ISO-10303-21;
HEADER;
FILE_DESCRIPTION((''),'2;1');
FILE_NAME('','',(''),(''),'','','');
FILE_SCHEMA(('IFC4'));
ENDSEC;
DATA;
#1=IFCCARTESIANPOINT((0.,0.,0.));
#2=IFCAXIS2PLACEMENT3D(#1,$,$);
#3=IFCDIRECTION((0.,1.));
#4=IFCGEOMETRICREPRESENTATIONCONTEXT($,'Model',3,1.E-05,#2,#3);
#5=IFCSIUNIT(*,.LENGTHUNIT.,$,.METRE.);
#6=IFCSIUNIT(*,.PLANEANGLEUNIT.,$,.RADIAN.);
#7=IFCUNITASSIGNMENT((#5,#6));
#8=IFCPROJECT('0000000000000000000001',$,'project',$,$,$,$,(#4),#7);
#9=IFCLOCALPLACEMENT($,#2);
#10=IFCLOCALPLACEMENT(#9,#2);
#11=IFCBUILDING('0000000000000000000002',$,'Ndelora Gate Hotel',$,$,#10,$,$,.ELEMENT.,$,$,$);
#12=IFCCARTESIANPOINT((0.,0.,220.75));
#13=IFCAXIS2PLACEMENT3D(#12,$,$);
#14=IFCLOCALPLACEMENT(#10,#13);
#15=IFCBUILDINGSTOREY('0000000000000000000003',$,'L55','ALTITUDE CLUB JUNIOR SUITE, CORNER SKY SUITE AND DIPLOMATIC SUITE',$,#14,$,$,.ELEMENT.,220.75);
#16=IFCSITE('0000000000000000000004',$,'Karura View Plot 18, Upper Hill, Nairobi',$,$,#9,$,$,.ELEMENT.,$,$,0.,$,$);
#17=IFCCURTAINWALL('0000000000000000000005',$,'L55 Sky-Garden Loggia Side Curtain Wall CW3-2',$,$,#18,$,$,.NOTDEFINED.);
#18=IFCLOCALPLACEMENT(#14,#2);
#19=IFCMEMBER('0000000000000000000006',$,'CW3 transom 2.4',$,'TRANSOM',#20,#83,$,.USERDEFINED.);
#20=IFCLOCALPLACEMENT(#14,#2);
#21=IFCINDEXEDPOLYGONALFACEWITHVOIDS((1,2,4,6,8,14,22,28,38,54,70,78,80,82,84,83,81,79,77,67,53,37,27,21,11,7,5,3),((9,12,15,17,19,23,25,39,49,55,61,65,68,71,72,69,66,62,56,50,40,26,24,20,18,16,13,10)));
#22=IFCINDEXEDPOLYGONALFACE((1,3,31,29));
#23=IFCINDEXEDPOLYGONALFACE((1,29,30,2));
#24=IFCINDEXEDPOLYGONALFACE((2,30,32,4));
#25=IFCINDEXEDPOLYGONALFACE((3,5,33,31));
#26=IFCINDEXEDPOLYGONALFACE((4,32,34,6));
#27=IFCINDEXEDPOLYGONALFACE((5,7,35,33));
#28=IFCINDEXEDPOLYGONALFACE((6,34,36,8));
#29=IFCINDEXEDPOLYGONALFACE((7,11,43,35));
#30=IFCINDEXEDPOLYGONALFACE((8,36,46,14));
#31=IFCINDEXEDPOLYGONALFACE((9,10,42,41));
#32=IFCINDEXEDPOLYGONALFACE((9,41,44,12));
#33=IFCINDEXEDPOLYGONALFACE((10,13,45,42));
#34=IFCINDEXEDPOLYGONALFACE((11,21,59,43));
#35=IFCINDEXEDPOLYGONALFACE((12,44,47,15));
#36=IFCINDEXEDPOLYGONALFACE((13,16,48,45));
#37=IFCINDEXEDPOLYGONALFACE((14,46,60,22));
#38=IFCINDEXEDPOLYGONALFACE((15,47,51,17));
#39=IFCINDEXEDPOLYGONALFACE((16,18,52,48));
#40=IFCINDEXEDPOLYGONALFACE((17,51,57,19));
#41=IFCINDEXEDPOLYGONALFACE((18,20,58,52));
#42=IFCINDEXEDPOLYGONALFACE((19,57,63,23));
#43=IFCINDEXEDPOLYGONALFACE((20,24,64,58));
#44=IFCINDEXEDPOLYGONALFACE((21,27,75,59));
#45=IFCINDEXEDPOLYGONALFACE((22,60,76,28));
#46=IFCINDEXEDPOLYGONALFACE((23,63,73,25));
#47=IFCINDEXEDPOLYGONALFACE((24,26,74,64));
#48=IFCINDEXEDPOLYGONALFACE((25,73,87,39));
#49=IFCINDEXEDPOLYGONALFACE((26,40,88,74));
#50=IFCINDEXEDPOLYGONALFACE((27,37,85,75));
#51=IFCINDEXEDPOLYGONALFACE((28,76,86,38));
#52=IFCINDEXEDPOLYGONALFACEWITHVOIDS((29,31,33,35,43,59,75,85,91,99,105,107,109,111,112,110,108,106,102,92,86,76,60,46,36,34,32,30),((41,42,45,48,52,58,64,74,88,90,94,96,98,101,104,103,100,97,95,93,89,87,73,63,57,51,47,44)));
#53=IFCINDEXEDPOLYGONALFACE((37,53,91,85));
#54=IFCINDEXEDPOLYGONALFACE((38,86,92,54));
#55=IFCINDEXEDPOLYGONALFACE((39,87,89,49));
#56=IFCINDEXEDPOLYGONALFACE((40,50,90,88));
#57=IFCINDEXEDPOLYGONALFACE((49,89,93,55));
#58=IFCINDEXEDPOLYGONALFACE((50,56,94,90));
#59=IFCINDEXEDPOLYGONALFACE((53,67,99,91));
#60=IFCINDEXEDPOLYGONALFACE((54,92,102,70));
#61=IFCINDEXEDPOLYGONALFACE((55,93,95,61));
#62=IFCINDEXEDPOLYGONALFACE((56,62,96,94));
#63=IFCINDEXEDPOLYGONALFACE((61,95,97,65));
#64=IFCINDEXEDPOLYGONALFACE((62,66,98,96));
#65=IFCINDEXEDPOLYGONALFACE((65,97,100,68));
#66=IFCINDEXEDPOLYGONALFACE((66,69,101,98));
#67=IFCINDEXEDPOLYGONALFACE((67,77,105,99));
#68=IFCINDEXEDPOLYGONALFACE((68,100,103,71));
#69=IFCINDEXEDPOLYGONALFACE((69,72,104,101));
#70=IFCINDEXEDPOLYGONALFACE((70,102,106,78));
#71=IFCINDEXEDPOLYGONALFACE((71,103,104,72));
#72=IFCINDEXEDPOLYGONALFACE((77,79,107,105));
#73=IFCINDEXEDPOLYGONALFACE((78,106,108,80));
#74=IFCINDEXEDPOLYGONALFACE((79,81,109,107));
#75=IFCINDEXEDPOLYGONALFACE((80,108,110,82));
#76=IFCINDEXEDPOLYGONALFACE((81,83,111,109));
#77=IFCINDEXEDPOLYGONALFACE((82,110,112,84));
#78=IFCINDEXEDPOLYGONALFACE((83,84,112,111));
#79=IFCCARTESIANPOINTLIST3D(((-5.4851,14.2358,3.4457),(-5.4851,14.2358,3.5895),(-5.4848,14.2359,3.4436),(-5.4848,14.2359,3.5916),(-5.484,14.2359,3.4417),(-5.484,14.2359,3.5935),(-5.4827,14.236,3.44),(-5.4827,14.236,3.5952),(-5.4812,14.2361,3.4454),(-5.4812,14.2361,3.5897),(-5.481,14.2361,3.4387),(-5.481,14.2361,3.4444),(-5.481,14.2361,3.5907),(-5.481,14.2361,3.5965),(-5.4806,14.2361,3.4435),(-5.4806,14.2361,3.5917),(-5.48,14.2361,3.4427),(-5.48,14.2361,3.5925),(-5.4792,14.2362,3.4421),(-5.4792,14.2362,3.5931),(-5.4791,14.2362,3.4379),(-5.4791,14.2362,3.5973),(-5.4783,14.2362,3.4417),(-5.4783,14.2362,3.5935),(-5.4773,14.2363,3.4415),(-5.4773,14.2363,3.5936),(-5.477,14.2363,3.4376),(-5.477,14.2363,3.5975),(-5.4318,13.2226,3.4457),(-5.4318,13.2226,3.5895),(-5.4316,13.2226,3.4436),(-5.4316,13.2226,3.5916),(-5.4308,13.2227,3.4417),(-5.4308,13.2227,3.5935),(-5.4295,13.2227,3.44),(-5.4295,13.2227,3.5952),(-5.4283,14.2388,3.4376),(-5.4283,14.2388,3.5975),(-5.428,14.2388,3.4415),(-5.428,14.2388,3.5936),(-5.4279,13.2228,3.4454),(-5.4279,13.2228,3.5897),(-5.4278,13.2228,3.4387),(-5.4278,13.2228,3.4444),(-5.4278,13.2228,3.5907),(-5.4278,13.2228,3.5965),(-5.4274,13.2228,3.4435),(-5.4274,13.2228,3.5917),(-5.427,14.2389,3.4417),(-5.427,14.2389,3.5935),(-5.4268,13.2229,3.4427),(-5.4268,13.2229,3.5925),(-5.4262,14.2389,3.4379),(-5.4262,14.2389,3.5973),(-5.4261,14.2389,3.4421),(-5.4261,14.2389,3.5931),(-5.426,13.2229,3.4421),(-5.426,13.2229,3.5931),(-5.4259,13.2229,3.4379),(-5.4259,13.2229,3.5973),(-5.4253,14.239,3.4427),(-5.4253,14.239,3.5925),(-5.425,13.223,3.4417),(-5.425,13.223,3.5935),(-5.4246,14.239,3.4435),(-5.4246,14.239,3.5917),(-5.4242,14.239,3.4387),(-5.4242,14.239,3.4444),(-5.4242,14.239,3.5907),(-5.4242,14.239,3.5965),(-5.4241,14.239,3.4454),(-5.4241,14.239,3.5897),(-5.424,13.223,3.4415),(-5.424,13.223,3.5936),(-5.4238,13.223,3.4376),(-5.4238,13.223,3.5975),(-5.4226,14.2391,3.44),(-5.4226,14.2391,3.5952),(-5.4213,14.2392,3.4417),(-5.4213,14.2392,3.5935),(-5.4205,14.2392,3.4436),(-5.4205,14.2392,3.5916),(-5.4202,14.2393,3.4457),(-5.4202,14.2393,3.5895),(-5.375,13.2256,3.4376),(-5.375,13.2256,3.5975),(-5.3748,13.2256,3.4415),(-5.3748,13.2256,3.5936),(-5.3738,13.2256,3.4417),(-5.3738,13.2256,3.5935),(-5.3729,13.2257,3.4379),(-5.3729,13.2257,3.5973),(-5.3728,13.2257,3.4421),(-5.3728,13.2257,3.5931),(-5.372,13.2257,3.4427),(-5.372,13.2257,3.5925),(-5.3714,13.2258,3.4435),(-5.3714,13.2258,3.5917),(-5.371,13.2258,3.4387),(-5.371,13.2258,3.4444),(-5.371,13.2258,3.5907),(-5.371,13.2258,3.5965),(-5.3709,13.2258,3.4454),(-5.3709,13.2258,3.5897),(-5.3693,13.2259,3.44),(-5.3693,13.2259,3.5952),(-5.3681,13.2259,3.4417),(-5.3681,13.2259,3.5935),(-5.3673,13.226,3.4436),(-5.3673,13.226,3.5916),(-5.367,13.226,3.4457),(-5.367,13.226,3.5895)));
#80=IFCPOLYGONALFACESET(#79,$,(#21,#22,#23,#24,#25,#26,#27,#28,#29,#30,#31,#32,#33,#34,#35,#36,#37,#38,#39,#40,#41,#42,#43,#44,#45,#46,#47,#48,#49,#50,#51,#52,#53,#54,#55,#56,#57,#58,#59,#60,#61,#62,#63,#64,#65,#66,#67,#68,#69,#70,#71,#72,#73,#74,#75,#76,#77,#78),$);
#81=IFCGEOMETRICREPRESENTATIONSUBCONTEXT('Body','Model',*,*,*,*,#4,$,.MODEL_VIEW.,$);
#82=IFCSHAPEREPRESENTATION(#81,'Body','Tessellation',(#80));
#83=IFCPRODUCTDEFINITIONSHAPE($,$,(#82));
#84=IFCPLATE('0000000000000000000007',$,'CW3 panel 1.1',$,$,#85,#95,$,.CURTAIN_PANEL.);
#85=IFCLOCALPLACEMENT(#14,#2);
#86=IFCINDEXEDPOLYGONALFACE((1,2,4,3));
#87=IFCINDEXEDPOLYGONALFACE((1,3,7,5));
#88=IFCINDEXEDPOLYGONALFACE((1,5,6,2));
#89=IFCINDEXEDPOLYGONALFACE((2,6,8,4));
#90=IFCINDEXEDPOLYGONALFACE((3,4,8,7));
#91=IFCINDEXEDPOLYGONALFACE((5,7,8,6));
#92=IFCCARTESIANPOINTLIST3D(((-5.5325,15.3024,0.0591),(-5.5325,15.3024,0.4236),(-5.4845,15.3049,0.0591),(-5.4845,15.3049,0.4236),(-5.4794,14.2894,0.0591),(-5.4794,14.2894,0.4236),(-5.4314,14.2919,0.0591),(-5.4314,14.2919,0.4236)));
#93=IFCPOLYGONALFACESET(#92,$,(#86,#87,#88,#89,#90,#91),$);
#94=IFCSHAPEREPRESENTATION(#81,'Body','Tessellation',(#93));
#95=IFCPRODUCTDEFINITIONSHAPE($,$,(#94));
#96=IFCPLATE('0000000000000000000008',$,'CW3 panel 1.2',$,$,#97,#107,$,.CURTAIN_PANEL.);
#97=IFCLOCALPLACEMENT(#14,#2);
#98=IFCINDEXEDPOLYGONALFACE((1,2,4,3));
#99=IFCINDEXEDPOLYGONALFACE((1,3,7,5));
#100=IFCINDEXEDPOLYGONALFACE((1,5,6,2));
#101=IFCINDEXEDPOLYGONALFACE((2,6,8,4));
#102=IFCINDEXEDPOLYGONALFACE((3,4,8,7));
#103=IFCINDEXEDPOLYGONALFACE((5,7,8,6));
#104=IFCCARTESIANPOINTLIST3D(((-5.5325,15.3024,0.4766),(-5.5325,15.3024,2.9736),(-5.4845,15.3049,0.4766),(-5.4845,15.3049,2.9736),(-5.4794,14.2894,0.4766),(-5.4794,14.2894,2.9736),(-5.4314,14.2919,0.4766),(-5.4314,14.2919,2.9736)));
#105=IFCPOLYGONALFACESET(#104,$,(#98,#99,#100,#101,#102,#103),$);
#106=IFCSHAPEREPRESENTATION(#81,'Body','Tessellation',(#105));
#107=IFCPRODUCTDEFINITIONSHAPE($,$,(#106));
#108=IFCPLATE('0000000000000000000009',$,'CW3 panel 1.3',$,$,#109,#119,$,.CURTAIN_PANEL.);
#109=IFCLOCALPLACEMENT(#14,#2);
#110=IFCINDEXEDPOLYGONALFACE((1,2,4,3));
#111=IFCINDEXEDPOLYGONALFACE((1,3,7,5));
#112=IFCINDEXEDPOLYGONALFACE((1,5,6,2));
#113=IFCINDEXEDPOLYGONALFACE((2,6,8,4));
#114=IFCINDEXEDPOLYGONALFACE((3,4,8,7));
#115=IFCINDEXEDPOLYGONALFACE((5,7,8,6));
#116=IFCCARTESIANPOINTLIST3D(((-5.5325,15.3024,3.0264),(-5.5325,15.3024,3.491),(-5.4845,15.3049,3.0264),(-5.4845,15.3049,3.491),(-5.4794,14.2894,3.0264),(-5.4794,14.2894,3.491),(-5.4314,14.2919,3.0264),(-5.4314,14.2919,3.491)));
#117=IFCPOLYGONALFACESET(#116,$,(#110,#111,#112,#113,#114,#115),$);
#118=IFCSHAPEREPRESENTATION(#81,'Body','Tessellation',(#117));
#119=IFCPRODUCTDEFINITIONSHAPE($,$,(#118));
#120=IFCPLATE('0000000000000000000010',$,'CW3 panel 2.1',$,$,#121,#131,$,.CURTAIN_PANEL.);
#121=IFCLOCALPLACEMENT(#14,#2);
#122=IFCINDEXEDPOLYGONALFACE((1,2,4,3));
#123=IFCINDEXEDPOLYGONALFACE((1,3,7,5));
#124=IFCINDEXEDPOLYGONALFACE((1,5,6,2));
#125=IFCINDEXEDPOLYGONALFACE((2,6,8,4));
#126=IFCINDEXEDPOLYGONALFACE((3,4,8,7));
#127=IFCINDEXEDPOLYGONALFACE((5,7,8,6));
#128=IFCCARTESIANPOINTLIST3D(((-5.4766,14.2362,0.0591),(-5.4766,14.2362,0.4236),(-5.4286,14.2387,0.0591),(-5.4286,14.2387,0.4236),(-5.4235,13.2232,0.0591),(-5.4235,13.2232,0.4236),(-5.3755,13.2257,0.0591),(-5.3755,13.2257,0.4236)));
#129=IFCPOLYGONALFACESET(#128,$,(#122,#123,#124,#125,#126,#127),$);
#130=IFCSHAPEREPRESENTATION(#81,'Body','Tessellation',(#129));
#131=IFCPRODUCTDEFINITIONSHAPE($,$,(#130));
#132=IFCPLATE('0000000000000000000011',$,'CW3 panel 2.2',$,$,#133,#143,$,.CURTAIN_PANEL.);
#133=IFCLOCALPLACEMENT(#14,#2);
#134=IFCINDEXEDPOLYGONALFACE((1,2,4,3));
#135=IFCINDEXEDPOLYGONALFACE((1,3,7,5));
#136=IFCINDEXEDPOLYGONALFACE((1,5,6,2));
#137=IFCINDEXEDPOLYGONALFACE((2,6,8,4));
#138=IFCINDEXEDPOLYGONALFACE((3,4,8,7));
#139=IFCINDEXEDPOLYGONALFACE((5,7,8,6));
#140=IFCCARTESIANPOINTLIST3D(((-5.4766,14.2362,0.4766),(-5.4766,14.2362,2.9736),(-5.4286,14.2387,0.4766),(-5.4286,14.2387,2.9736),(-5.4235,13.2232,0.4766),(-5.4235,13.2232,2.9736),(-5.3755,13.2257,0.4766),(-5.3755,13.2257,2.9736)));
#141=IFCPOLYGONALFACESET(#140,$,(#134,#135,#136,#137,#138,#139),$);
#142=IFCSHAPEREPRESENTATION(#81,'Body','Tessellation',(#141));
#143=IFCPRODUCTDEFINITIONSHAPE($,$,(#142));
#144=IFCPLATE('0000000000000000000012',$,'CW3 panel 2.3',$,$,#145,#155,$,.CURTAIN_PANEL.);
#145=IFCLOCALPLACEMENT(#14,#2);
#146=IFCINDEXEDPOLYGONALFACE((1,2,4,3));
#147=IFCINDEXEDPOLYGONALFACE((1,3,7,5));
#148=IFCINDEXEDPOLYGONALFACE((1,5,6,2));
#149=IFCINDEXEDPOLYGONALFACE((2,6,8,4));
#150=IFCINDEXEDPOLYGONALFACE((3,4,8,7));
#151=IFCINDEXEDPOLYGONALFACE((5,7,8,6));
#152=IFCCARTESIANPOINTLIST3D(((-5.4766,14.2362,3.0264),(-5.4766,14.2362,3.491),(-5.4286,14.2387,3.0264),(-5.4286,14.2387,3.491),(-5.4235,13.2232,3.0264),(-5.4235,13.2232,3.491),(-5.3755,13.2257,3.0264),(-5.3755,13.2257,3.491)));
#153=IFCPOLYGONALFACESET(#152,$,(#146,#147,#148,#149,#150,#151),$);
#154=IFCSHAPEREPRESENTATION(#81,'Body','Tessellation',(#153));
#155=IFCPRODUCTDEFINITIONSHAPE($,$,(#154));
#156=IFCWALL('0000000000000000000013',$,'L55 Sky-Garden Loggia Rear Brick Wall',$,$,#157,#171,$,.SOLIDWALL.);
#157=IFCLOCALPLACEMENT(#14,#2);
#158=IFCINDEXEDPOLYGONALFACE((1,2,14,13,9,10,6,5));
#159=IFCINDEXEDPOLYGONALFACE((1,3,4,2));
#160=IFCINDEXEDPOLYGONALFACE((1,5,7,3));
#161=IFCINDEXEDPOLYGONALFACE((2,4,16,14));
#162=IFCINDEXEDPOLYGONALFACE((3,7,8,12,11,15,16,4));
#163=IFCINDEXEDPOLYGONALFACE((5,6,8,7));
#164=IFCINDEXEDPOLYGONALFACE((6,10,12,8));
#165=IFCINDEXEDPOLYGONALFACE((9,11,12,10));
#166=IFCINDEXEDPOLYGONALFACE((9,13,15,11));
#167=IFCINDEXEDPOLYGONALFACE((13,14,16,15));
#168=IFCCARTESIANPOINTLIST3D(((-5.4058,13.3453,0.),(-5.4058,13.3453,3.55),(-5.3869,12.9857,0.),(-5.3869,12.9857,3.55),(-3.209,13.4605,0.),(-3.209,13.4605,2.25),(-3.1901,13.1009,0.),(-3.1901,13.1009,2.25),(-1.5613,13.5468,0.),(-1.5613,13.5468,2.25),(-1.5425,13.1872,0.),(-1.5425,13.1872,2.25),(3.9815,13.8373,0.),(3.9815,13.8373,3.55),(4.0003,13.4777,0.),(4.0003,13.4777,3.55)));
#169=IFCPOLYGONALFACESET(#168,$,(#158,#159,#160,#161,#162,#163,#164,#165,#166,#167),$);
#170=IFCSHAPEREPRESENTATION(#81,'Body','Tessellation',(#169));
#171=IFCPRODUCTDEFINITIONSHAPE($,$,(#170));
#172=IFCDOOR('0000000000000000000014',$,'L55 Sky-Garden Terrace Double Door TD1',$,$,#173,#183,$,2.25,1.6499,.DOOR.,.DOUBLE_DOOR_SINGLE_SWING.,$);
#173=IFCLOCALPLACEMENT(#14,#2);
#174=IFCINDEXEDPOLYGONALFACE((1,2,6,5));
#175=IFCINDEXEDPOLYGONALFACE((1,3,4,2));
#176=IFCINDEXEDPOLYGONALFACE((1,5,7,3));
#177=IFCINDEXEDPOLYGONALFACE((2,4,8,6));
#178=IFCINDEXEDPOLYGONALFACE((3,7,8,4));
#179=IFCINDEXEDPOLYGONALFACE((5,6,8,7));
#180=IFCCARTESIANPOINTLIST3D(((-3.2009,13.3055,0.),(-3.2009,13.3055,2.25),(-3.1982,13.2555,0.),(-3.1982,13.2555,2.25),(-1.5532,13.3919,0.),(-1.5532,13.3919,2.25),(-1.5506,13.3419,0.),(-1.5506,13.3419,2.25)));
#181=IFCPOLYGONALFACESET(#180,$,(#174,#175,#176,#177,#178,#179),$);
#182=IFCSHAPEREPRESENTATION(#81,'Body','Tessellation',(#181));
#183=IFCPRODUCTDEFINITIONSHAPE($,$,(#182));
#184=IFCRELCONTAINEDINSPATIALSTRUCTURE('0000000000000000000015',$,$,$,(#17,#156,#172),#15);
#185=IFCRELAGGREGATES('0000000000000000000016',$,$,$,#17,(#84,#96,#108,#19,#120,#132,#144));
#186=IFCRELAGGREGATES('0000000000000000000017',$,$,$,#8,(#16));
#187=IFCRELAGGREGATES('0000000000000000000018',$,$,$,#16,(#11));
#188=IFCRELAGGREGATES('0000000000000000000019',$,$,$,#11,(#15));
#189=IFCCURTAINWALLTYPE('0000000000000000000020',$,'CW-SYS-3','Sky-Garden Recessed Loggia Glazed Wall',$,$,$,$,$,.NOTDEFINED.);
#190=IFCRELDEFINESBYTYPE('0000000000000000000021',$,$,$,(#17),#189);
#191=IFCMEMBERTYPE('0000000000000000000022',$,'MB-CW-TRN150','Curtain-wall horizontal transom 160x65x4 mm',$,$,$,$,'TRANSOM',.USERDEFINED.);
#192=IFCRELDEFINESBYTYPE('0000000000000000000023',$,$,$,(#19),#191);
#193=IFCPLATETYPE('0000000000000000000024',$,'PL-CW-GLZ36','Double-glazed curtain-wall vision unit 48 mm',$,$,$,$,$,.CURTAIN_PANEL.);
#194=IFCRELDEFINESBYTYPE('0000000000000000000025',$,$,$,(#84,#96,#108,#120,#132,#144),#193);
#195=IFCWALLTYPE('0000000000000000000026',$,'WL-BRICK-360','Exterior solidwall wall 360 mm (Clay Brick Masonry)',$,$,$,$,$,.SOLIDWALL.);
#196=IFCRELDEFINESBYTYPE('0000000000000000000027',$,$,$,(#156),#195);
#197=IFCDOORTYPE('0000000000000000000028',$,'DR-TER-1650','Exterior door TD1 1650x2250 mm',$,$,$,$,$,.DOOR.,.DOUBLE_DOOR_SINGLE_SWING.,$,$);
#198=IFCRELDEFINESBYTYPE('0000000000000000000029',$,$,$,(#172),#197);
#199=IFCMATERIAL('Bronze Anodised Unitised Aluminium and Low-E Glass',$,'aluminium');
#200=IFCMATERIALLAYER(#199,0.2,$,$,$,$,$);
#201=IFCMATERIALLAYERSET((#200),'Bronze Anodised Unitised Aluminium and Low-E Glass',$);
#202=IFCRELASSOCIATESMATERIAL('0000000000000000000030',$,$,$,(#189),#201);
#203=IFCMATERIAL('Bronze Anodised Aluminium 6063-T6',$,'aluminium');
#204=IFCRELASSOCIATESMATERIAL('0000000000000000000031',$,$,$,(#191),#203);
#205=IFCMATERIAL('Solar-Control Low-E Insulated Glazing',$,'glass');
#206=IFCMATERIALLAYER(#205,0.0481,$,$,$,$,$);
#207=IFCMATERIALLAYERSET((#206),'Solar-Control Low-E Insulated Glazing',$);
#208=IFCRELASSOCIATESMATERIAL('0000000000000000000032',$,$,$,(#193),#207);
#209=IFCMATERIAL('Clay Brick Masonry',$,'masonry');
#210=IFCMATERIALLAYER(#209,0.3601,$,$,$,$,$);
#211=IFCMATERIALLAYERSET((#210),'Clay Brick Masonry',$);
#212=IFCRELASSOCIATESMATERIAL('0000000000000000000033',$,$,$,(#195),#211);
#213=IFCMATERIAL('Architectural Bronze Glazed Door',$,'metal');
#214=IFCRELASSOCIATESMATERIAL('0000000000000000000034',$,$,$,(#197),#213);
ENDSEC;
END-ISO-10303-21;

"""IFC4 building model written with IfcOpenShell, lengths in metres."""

from ifc_helpers import new_model, si_unit, direction, frame, frame_2d, origin, origin_2d, place, context, subcontext, project, spatial, rectangle, hollow_rectangle, extrude, material, layer, layer_set, material_profile, profile_set, type_object, element, fill, aggregate, save


model = new_model("IFC4")

# Units and contexts
model_context = context("Model", 3, precision=1e-05, world=origin(), true_north=direction((0.0, 1.0)))
body_context = subcontext(model_context, "Body", "Model", "MODEL_VIEW")
ifc_project = project(units=[si_unit("LENGTHUNIT", "METRE"), si_unit("PLANEANGLEUNIT", "RADIAN")], contexts=[model_context])

# Site, building, storey
site_placement = place(None, origin())
site = spatial("IfcSite", under=ifc_project, at=site_placement, Name="Karura View Plot 18, Upper Hill, Nairobi", CompositionType="ELEMENT", RefElevation=0.0)
building_placement = place(site_placement, origin())
building = spatial("IfcBuilding", under=site, at=building_placement, Name="Ndelora Gate Hotel", CompositionType="ELEMENT")
storey_placement = place(building_placement, frame((0.0, 0.0, 220.75)))
storey = spatial("IfcBuildingStorey", under=building, at=storey_placement, Name="L55", Description="ALTITUDE CLUB JUNIOR SUITE, CORNER SKY SUITE AND DIPLOMATIC SUITE", CompositionType="ELEMENT", Elevation=220.75)

# Curtain wall, member, plates
ifc_material_1 = material(Name="Bronze Anodised Unitised Aluminium and Low-E Glass", Category="aluminium")
ifc_layer_1 = layer(ifc_material_1, 0.2)
ifc_layer_set_1 = layer_set([ifc_layer_1], Name="Bronze Anodised Unitised Aluminium and Low-E Glass")
curtain_wall_type = type_object("IfcCurtainWallType", Name="CW-SYS-3", Description="Sky-Garden Recessed Loggia Glazed Wall", PredefinedType="NOTDEFINED", material=ifc_layer_set_1)
curtain_wall_placement = place(storey_placement, origin())
curtain_wall = element("IfcCurtainWall", 1, at=curtain_wall_placement, inside=storey, type_object=curtain_wall_type, Name="L55 Sky-Garden Loggia Side Curtain Wall CW3-2", PredefinedType="NOTDEFINED")
ifc_material_2 = material(Name="Bronze Anodised Aluminium 6063-T6", Category="aluminium")
ifc_material_profile_1 = material_profile(ifc_material_2, hollow_rectangle(XDim=0.0649, YDim=0.1599, WallThickness=0.0039, InnerFilletRadius=0.0039, OuterFilletRadius=0.0081, at=origin_2d()), Name="ALU 160x65x4")
ifc_profile_set_1 = profile_set([ifc_material_profile_1], Name="Bronze Anodised Aluminium 6063-T6")
member_type_1 = type_object("IfcMemberType", Name="MB-CW-TRN150", Description="Curtain-wall horizontal transom 160x65x4 mm", ElementType="TRANSOM", PredefinedType="USERDEFINED", material=ifc_profile_set_1)
member_1_placement = place(storey_placement, frame((-5.4526, 14.2375, 3.5176), z_axis=(0.052458, -0.998623, 0.0), x_axis=(0.998623, 0.052458, 0.0)))
member_1 = element("IfcMember", 2, at=member_1_placement, type_object=member_type_1, Name="CW3 transom 2.4", ObjectType="TRANSOM", PredefinedType="USERDEFINED", context=body_context, shape_type="SweptSolid", body=[
    extrude(hollow_rectangle(XDim=0.0649, YDim=0.1599, WallThickness=0.0039, InnerFilletRadius=0.0039, OuterFilletRadius=0.0081, at=origin_2d()), origin(), (0.0, 0.0, 1.0), 1.0146),
])
ifc_material_3 = material(Name="Solar-Control Low-E Insulated Glazing", Category="glass")
ifc_layer_2 = layer(ifc_material_3, 0.0481)
ifc_layer_set_2 = layer_set([ifc_layer_2], Name="Solar-Control Low-E Insulated Glazing")
plate_type = type_object("IfcPlateType", Name="PL-CW-GLZ36", Description="Double-glazed curtain-wall vision unit 48 mm", PredefinedType="CURTAIN_PANEL", material=ifc_layer_set_2)
plate_1_placement = place(storey_placement, frame((-5.4819, 14.7971, 0.0591), z_axis=(0.0, 0.0, 1.0), x_axis=(0.052363, -0.998628, 0.0)))
plate_1 = element("IfcPlate", 3, at=plate_1_placement, type_object=plate_type, Name="CW3 panel 1.1", PredefinedType="CURTAIN_PANEL", context=body_context, shape_type="SweptSolid", body=[
    extrude(rectangle(XDim=1.0144, YDim=0.0481, at=origin_2d()), origin(), (0.0, 0.0, 1.0), 0.3645),
])
plate_2_placement = place(storey_placement, frame((-5.4819, 14.7971, 0.4766), z_axis=(0.0, 0.0, 1.0), x_axis=(0.052363, -0.998628, 0.0)))
plate_2 = element("IfcPlate", 4, at=plate_2_placement, type_object=plate_type, Name="CW3 panel 1.2", PredefinedType="CURTAIN_PANEL", context=body_context, shape_type="SweptSolid", body=[
    extrude(rectangle(XDim=1.0144, YDim=0.0481, at=origin_2d()), origin(), (0.0, 0.0, 1.0), 2.4971),
])
plate_3_placement = place(storey_placement, frame((-5.4819, 14.7971, 3.0264), z_axis=(0.0, 0.0, 1.0), x_axis=(0.052363, -0.998628, 0.0)))
plate_3 = element("IfcPlate", 5, at=plate_3_placement, type_object=plate_type, Name="CW3 panel 1.3", PredefinedType="CURTAIN_PANEL", context=body_context, shape_type="SweptSolid", body=[
    extrude(rectangle(XDim=1.0144, YDim=0.0481, at=origin_2d()), origin(), (0.0, 0.0, 1.0), 0.4646),
])
plate_4_placement = place(storey_placement, frame((-5.426, 13.731, 0.0591), z_axis=(0.0, 0.0, 1.0), x_axis=(0.052363, -0.998628, 0.0)))
plate_4 = element("IfcPlate", 6, at=plate_4_placement, type_object=plate_type, Name="CW3 panel 2.1", PredefinedType="CURTAIN_PANEL", context=body_context, shape_type="SweptSolid", body=[
    extrude(rectangle(XDim=1.0144, YDim=0.0481, at=origin_2d()), origin(), (0.0, 0.0, 1.0), 0.3645),
])
plate_5_placement = place(storey_placement, frame((-5.426, 13.731, 0.4766), z_axis=(0.0, 0.0, 1.0), x_axis=(0.052363, -0.998628, 0.0)))
plate_5 = element("IfcPlate", 7, at=plate_5_placement, type_object=plate_type, Name="CW3 panel 2.2", PredefinedType="CURTAIN_PANEL", context=body_context, shape_type="SweptSolid", body=[
    extrude(rectangle(XDim=1.0144, YDim=0.0481, at=origin_2d()), origin(), (0.0, 0.0, 1.0), 2.4971),
])
plate_6_placement = place(storey_placement, frame((-5.426, 13.731, 3.0264), z_axis=(0.0, 0.0, 1.0), x_axis=(0.052363, -0.998628, 0.0)))
plate_6 = element("IfcPlate", 8, at=plate_6_placement, type_object=plate_type, Name="CW3 panel 2.3", PredefinedType="CURTAIN_PANEL", context=body_context, shape_type="SweptSolid", body=[
    extrude(rectangle(XDim=1.0144, YDim=0.0481, at=origin_2d()), origin(), (0.0, 0.0, 1.0), 0.4646),
])
aggregate(curtain_wall, [plate_1, plate_2, plate_3, member_1, plate_4, plate_5, plate_6])

# Wall, opening, door
ifc_material_4 = material(Name="Clay Brick Masonry", Category="masonry")
ifc_layer_3 = layer(ifc_material_4, 0.3601)
ifc_layer_set_3 = layer_set([ifc_layer_3], Name="Clay Brick Masonry")
wall_type = type_object("IfcWallType", Name="WL-BRICK-360", Description="Exterior solidwall wall 360 mm (Clay Brick Masonry)", PredefinedType="SOLIDWALL", material=ifc_layer_set_3)
wall_placement = place(storey_placement, frame((-5.3965, 13.1655, 0.0), z_axis=(0.0, 0.0, 1.0), x_axis=(0.99863, 0.052334, 0.0)))
wall = element("IfcWall", 9, at=wall_placement, inside=storey, type_object=wall_type, Name="L55 Sky-Garden Loggia Rear Brick Wall", PredefinedType="SOLIDWALL", context=body_context, shape_type="SweptSolid", body=[
    extrude(rectangle(XDim=9.4001, YDim=0.3601, at=frame_2d((4.7002, 0.0))), origin(), (0.0, 0.0, 1.0), 3.55),
])
opening_placement = place(wall_placement, frame((2.2, 0.0, 0.0)))
opening = element("IfcOpeningElement", 10, at=opening_placement, cuts=wall, PredefinedType="OPENING", context=body_context, shape_type="SweptSolid", body=[
    extrude(rectangle(XDim=1.6499, YDim=2.25, at=frame_2d((0.825, 1.125))), frame((0.0, 0.1899, 0.0), z_axis=(0.0, -1.0, 0.0), x_axis=(1.0, 0.0, 0.0)), (0.0, 0.0, 1.0), 0.3801),
])
ifc_material_5 = material(Name="Architectural Bronze Glazed Door", Category="metal")
door_type = type_object("IfcDoorType", Name="DR-TER-1650", Description="Exterior door TD1 1650x2250 mm", OperationType="DOUBLE_DOOR_SINGLE_SWING", PredefinedType="DOOR", material=ifc_material_5)
door_placement = place(opening_placement, origin())
door = element("IfcDoor", 11, at=door_placement, inside=storey, type_object=door_type, Name="L55 Sky-Garden Terrace Double Door TD1", OperationType="DOUBLE_DOOR_SINGLE_SWING", OverallHeight=2.25, OverallWidth=1.6499, PredefinedType="DOOR", context=body_context, shape_type="SweptSolid", body=[
    extrude(rectangle(XDim=1.6499, YDim=2.25, at=frame_2d((0.825, 1.125))), frame((0.0, 0.0249, 0.0), z_axis=(0.0, -1.0, 0.0), x_axis=(1.0, 0.0, 0.0)), (0.0, 0.0, 1.0), 0.05),
])
fill(opening, door)

save(model, "model.ifc")
